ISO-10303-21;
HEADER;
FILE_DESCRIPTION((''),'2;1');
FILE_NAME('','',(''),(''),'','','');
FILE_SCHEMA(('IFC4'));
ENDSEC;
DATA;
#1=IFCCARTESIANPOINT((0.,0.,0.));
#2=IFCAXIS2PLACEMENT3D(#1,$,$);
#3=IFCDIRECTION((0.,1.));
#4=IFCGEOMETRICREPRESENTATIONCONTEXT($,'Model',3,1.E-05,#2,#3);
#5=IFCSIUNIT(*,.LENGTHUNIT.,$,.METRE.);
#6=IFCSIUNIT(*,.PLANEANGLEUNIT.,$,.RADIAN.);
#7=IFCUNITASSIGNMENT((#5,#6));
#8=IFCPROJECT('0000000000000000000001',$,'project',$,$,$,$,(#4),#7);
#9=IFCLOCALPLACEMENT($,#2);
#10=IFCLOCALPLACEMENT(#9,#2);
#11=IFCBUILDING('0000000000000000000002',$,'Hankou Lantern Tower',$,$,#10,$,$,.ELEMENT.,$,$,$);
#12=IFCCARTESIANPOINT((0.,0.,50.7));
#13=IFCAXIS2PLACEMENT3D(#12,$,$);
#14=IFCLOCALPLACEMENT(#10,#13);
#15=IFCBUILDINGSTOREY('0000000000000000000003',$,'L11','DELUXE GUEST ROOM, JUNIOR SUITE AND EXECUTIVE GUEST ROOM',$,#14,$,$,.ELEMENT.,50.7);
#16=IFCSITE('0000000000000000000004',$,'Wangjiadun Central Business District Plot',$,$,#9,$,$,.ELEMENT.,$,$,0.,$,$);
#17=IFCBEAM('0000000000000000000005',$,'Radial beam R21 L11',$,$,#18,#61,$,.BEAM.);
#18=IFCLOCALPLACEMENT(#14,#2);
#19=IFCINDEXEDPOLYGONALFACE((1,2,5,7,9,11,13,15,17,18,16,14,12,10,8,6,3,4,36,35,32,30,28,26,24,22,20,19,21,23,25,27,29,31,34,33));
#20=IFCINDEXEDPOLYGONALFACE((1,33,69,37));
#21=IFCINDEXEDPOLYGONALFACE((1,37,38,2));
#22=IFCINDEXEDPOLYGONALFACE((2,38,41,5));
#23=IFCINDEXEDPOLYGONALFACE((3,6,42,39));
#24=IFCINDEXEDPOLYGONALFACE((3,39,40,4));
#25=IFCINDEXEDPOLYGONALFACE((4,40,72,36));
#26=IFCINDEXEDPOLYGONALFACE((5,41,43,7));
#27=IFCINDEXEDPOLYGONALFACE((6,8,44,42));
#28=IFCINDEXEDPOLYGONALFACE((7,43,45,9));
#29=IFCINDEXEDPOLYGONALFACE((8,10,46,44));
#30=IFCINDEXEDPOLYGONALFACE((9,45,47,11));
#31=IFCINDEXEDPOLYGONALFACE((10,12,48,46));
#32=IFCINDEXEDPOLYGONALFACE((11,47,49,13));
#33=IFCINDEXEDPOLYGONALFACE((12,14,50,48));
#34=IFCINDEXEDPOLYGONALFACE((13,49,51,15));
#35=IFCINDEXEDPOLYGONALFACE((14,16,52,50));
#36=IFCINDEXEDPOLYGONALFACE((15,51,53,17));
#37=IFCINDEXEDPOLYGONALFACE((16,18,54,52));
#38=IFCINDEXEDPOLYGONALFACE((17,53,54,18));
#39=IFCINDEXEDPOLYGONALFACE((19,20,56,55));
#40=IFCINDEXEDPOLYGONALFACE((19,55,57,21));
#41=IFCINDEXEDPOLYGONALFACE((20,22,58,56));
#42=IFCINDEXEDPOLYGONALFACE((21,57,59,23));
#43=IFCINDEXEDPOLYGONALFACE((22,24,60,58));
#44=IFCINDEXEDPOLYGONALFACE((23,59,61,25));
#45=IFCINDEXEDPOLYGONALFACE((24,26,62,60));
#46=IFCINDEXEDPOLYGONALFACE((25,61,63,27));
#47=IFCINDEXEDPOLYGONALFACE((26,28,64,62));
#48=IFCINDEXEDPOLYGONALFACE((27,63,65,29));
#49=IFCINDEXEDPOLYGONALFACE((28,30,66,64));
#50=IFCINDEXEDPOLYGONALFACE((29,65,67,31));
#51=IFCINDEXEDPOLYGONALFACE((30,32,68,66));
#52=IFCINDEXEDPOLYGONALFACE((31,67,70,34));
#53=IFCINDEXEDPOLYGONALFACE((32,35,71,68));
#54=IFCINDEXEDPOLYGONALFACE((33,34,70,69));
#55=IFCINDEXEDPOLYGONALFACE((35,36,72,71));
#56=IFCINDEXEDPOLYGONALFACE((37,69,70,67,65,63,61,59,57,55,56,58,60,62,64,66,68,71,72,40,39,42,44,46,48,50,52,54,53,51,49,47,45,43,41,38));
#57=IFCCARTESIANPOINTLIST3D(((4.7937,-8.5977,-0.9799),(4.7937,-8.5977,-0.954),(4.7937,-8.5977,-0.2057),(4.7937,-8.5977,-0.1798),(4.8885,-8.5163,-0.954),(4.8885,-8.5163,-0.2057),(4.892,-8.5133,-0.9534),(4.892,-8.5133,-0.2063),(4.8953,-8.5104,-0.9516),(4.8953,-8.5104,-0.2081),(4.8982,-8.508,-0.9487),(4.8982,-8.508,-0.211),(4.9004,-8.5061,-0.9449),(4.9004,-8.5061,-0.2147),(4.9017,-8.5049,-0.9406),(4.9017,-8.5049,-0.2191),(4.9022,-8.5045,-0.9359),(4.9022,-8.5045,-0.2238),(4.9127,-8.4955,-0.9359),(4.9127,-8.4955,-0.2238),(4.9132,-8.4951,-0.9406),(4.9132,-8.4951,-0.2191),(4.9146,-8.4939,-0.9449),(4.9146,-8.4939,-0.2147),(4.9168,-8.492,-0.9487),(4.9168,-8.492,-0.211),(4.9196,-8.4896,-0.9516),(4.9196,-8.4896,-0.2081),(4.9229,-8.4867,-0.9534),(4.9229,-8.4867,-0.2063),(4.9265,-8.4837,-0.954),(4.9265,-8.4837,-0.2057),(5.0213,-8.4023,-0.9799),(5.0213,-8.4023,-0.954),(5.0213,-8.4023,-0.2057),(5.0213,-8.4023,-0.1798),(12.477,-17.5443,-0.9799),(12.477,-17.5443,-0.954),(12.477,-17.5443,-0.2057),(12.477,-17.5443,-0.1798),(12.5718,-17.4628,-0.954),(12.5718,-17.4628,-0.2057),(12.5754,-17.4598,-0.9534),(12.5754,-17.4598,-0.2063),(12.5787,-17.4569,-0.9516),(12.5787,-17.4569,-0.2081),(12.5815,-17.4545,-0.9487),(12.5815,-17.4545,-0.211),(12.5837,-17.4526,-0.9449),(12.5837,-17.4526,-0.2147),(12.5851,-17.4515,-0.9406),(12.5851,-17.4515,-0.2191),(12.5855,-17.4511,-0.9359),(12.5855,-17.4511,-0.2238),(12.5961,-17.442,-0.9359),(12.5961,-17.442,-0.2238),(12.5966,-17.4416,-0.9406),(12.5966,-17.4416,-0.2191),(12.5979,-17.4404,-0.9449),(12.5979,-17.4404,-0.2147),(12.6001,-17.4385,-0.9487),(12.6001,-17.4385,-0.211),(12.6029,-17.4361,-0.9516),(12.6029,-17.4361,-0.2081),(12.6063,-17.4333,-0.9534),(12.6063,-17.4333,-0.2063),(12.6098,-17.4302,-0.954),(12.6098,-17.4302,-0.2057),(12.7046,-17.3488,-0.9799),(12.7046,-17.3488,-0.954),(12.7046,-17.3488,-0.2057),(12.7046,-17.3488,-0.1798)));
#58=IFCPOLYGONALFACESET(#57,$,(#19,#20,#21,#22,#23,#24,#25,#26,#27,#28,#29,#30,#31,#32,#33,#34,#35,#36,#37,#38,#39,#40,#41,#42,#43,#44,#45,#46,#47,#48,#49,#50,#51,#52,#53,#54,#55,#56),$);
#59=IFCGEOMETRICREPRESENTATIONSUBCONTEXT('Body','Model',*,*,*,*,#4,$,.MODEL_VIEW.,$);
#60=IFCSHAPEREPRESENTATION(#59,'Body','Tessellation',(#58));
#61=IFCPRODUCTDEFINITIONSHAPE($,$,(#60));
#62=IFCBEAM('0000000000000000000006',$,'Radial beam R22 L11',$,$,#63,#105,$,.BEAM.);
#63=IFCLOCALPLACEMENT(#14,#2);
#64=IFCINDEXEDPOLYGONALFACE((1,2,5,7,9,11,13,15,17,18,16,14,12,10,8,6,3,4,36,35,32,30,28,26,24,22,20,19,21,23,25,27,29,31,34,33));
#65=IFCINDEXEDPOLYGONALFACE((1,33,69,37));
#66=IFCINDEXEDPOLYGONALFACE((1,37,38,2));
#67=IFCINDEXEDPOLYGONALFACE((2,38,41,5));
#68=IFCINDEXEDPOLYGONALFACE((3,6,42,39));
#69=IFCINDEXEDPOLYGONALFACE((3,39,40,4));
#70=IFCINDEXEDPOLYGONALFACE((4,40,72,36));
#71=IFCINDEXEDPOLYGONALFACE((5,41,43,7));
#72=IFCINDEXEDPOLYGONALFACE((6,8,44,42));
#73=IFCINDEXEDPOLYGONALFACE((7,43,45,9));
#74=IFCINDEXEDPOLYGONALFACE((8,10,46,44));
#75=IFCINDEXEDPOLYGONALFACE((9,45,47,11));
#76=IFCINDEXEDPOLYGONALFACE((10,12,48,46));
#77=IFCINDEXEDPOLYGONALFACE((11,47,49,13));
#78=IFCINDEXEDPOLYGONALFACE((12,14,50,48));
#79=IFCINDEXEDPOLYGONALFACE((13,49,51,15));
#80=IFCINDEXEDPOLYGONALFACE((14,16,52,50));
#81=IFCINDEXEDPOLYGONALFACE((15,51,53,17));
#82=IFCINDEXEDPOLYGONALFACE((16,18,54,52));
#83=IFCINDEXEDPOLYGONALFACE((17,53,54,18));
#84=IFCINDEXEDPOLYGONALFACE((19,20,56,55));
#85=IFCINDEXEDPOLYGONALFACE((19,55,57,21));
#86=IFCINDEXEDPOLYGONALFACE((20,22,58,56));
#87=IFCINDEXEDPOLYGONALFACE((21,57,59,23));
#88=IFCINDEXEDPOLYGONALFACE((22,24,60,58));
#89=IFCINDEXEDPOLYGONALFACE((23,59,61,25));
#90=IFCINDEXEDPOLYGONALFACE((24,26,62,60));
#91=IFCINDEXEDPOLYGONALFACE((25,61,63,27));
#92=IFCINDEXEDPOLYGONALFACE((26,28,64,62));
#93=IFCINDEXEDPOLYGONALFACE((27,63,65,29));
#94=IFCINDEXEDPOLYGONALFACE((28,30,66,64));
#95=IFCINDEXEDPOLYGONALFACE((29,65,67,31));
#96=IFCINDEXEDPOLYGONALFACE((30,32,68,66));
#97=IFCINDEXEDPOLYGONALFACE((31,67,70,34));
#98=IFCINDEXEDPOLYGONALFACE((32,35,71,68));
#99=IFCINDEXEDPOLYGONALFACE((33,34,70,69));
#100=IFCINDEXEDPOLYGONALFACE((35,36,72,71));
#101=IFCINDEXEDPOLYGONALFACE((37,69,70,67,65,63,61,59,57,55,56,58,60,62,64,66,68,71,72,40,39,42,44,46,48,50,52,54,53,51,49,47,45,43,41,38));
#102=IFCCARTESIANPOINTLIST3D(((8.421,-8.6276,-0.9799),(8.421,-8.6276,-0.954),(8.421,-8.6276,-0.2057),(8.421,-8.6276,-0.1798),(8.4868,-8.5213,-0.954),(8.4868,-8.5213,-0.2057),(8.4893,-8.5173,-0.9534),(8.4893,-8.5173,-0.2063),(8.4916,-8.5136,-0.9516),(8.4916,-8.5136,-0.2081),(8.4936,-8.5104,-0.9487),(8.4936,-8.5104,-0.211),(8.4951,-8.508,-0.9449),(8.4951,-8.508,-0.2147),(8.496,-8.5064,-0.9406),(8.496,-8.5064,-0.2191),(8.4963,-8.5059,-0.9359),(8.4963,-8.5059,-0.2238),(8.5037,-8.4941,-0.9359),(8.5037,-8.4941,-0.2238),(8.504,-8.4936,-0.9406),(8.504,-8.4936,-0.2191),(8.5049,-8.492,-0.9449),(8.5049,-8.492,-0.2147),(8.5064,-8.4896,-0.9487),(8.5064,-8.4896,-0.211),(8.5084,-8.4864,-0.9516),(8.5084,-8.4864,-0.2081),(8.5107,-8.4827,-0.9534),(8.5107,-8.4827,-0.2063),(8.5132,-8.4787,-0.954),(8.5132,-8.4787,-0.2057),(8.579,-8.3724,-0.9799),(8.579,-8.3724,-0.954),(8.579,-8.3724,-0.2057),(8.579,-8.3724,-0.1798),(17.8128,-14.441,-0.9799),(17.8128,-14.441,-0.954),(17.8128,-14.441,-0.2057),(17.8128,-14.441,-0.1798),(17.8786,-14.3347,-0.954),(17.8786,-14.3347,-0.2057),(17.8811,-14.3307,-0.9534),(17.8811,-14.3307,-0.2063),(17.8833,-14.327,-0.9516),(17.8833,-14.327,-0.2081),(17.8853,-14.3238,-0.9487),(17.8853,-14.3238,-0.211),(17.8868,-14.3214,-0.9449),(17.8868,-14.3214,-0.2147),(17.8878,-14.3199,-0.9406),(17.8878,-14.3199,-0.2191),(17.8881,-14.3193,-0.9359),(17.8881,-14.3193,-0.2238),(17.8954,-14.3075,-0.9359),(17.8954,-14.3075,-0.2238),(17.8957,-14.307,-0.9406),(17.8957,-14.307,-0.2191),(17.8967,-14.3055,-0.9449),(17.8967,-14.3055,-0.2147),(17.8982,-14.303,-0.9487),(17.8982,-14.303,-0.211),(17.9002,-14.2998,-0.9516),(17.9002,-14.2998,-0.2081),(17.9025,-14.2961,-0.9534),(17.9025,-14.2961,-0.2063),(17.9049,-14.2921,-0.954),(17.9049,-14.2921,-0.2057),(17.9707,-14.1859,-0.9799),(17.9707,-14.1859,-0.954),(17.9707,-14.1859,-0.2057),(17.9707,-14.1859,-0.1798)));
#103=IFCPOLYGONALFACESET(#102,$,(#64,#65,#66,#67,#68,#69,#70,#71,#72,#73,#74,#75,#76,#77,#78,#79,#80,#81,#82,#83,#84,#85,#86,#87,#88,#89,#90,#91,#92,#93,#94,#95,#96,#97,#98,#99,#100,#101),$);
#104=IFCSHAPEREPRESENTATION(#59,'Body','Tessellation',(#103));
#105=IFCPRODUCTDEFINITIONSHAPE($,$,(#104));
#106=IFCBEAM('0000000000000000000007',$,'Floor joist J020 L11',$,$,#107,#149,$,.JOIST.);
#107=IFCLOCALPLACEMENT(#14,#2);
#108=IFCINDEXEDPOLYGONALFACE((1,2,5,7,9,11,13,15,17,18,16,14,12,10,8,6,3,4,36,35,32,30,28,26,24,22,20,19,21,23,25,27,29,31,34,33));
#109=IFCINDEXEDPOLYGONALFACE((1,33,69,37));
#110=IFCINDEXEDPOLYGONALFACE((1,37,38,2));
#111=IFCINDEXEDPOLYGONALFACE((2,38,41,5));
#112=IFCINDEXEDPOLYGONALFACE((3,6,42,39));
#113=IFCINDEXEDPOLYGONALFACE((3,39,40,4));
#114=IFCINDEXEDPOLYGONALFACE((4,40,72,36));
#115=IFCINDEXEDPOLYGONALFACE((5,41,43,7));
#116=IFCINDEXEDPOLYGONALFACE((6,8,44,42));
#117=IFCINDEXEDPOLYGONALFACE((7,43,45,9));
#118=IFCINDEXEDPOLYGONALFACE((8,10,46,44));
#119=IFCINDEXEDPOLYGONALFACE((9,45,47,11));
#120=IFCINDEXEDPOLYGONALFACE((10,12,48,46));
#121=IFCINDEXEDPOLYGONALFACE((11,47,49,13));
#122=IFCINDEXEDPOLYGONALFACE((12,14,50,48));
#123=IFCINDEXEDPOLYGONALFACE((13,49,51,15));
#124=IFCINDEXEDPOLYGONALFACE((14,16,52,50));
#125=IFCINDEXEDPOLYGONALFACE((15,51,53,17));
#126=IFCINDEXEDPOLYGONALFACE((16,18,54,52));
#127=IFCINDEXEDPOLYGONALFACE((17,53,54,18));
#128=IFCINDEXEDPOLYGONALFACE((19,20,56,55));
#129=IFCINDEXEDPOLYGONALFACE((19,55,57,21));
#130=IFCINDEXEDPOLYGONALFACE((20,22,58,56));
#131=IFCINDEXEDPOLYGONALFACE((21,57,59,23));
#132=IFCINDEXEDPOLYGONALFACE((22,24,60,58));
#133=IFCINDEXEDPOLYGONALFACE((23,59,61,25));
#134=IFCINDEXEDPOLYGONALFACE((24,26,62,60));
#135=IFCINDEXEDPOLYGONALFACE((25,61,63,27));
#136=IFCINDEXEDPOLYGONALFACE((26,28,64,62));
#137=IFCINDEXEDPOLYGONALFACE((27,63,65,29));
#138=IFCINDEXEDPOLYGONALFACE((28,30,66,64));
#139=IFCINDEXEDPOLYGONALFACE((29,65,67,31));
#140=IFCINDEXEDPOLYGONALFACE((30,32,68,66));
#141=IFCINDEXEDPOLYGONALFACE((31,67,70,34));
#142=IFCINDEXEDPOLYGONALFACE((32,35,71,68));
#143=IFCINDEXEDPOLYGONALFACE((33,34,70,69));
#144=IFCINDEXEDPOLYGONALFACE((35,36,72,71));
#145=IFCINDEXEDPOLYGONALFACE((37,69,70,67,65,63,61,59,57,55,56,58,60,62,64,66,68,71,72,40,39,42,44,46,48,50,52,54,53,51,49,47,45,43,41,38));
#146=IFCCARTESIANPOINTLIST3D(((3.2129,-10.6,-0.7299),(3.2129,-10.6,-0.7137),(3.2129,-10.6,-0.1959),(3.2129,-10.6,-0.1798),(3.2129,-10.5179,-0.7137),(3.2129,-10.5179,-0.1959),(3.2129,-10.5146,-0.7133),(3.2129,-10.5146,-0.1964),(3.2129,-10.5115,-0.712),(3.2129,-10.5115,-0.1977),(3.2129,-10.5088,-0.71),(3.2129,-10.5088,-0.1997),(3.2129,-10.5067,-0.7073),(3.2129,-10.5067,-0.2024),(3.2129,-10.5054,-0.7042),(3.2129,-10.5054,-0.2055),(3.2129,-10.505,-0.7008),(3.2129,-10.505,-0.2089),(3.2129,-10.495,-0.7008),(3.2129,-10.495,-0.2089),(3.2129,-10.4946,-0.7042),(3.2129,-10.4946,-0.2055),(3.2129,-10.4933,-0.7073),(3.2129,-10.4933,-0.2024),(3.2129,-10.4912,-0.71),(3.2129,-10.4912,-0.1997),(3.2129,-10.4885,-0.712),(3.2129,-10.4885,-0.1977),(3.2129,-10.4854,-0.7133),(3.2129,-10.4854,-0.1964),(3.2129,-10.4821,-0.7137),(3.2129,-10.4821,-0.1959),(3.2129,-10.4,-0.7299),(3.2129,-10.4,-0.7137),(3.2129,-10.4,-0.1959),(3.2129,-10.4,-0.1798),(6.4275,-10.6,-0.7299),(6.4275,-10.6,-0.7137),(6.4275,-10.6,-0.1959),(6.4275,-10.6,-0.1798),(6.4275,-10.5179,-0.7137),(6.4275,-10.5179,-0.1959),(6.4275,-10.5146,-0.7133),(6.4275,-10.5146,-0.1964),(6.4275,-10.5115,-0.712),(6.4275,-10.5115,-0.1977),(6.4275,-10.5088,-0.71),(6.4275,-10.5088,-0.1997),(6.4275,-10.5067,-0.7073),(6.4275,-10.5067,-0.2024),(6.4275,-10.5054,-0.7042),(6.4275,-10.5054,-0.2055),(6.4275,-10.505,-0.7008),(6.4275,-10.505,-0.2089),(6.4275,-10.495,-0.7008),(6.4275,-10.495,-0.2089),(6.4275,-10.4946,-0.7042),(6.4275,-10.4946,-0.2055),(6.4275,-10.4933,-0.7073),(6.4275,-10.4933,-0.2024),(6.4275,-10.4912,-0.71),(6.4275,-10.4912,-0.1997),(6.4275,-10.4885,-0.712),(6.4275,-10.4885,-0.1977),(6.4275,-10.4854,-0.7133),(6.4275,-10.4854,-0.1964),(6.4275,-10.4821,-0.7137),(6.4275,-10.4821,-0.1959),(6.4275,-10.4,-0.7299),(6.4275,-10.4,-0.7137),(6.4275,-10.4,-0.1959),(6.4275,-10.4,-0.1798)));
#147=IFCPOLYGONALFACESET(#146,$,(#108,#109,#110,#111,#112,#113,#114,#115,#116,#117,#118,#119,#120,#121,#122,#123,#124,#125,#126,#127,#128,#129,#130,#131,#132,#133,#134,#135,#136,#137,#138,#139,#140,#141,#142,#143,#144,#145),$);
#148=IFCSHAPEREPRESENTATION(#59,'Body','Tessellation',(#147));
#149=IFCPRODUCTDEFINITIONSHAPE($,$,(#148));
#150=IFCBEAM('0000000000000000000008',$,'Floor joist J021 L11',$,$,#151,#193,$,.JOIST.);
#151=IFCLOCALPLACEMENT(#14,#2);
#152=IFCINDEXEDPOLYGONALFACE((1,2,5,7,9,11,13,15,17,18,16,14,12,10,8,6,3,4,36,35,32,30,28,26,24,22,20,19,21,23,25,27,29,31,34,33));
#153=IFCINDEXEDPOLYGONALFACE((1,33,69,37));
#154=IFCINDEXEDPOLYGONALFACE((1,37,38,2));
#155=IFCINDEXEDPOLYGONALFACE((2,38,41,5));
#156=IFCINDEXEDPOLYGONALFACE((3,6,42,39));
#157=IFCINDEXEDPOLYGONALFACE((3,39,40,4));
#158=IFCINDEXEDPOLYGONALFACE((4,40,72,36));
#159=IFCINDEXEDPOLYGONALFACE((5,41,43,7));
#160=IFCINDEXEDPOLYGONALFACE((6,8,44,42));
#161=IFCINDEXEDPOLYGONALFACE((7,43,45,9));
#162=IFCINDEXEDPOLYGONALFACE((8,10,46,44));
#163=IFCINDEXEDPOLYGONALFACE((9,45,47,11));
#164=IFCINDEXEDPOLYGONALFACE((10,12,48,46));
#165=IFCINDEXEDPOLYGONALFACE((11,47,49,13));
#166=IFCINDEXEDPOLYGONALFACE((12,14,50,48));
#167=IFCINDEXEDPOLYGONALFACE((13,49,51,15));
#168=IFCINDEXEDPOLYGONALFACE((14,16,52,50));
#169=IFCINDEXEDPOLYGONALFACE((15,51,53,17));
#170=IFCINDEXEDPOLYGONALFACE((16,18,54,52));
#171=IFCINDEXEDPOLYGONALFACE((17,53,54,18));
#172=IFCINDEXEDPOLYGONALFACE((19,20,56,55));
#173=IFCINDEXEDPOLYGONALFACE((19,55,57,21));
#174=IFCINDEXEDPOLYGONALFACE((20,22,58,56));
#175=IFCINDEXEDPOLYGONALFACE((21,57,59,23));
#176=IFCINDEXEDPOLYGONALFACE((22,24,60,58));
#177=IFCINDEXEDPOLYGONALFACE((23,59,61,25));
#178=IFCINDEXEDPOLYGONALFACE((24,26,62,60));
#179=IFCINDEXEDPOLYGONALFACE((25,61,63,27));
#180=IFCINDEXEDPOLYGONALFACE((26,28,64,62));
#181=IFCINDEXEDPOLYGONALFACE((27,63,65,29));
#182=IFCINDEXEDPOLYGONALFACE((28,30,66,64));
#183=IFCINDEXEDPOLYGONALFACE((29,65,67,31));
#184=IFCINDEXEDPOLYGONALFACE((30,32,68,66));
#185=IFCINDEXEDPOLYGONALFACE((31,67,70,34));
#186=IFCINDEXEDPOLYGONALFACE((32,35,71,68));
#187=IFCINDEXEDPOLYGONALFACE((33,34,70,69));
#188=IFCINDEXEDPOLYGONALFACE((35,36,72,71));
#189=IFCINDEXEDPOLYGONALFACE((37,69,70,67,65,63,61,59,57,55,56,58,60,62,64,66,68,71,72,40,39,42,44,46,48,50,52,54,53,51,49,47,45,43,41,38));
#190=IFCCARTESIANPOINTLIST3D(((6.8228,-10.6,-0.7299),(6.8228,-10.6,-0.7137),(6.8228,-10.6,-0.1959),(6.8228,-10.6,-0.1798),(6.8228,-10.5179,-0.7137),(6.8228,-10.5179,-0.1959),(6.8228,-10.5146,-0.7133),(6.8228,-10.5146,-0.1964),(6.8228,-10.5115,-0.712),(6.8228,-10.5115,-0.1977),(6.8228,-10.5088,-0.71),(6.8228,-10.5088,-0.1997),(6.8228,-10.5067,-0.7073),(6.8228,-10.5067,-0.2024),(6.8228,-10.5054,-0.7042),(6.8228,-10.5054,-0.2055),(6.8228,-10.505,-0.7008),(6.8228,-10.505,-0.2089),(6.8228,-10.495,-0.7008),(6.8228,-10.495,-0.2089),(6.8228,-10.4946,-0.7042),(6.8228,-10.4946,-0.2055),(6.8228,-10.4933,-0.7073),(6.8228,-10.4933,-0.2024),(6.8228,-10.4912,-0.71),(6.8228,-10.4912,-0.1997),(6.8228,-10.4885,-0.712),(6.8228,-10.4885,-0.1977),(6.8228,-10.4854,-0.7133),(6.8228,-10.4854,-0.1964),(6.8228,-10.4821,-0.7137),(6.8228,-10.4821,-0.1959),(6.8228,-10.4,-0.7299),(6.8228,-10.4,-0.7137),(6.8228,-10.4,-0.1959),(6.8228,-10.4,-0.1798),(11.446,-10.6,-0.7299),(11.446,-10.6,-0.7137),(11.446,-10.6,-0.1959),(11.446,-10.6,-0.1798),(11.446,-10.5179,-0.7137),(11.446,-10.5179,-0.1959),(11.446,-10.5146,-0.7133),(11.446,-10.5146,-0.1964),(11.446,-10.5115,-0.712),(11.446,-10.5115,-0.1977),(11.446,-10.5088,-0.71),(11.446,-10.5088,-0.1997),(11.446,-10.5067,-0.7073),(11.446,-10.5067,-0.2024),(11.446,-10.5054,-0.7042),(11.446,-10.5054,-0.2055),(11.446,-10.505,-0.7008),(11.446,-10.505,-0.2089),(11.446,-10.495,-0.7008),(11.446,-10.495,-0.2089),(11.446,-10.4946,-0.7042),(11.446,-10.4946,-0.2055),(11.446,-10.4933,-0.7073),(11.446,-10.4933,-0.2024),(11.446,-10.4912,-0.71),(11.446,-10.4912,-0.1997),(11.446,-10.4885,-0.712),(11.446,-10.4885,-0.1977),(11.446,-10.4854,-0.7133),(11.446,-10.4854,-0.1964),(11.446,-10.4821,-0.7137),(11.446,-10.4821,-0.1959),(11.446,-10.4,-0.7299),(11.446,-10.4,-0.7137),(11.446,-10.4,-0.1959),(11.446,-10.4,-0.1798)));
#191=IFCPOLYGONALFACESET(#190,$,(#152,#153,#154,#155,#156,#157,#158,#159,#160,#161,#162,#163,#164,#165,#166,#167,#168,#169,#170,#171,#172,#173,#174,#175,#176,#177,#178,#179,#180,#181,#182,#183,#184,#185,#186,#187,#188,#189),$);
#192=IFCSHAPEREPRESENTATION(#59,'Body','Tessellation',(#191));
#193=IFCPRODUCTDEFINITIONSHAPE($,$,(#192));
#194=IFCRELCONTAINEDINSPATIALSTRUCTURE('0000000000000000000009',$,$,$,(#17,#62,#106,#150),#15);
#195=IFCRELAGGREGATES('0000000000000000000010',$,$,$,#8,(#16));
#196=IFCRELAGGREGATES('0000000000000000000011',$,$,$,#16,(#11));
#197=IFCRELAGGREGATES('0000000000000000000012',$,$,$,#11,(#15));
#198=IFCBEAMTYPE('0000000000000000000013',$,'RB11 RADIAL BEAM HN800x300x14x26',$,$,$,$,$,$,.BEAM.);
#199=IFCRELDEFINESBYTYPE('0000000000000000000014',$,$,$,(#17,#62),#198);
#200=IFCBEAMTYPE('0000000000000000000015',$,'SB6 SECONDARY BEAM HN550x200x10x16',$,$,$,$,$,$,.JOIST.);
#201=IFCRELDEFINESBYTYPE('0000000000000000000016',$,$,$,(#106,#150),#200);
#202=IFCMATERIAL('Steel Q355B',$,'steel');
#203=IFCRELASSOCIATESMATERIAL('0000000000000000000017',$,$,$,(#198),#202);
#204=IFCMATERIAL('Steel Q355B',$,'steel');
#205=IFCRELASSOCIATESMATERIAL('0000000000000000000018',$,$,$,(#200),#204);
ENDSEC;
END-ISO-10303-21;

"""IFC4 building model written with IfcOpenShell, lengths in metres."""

from ifc_helpers import new_model, si_unit, direction, frame, origin, origin_2d, place, context, subcontext, project, spatial, i_section, extrude, material, material_profile, profile_set, type_object, element, save


model = new_model("IFC4")

# Units and contexts
model_context = context("Model", 3, precision=1e-05, world=origin(), true_north=direction((0.0, 1.0)))
body_context = subcontext(model_context, "Body", "Model", "MODEL_VIEW")
ifc_project = project(units=[si_unit("LENGTHUNIT", "METRE"), si_unit("PLANEANGLEUNIT", "RADIAN")], contexts=[model_context])

# Site, building, storey
site_placement = place(None, origin())
site = spatial("IfcSite", under=ifc_project, at=site_placement, Name="Wangjiadun Central Business District Plot", CompositionType="ELEMENT", RefElevation=0.0)
building_placement = place(site_placement, origin())
building = spatial("IfcBuilding", under=site, at=building_placement, Name="Hankou Lantern Tower", CompositionType="ELEMENT")
storey_placement = place(building_placement, frame((0.0, 0.0, 50.7)))
storey = spatial("IfcBuildingStorey", under=building, at=storey_placement, Name="L11", Description="DELUXE GUEST ROOM, JUNIOR SUITE AND EXECUTIVE GUEST ROOM", CompositionType="ELEMENT", Elevation=50.7)

# Beams
ifc_material_1 = material(Name="Steel Q355B", Category="steel")
ifc_material_profile_1 = material_profile(ifc_material_1, i_section(OverallWidth=0.3, OverallDepth=0.8, WebThickness=0.0139, FlangeThickness=0.0259, FilletRadius=0.0181, at=origin_2d()), Name="HN800x300x14x26")
ifc_profile_set_1 = profile_set([ifc_material_profile_1], Name="Steel Q355B")
beam_type_1 = type_object("IfcBeamType", Name="RB11 RADIAL BEAM HN800x300x14x26", PredefinedType="BEAM", material=ifc_profile_set_1)
beam_1_placement = place(storey_placement, frame((4.9075, -8.5, -0.5798), z_axis=(0.651519, -0.758632, 0.0), x_axis=(0.758632, 0.651519, 0.0)))
element("IfcBeam", 1, at=beam_1_placement, inside=storey, type_object=beam_type_1, Name="Radial beam R21 L11", PredefinedType="BEAM", context=body_context, shape_type="SweptSolid", body=[
    extrude(i_section(OverallWidth=0.3, OverallDepth=0.8, WebThickness=0.0139, FlangeThickness=0.0259, FilletRadius=0.0181, at=origin_2d()), origin(), (0.0, 0.0, 1.0), 11.793),
])
beam_2_placement = place(storey_placement, frame((8.5, -8.5, -0.5798), z_axis=(0.850286, -0.52632, 0.0), x_axis=(0.52632, 0.850286, 0.0)))
element("IfcBeam", 2, at=beam_2_placement, inside=storey, type_object=beam_type_1, Name="Radial beam R22 L11", PredefinedType="BEAM", context=body_context, shape_type="SweptSolid", body=[
    extrude(i_section(OverallWidth=0.3, OverallDepth=0.8, WebThickness=0.0139, FlangeThickness=0.0259, FilletRadius=0.0181, at=origin_2d()), origin(), (0.0, 0.0, 1.0), 11.0454),
])
ifc_material_2 = material(Name="Steel Q355B", Category="steel")
ifc_material_profile_2 = material_profile(ifc_material_2, i_section(OverallWidth=0.2, OverallDepth=0.55, WebThickness=0.01, FlangeThickness=0.0161, FilletRadius=0.0129, at=origin_2d()), Name="HN550x200x10x16")
ifc_profile_set_2 = profile_set([ifc_material_profile_2], Name="Steel Q355B")
beam_type_2 = type_object("IfcBeamType", Name="SB6 SECONDARY BEAM HN550x200x10x16", PredefinedType="JOIST", material=ifc_profile_set_2)
beam_3_placement = place(storey_placement, frame((3.2129, -10.5, -0.4548), z_axis=(1.0, 0.0, 0.0), x_axis=(0.0, 1.0, 0.0)))
element("IfcBeam", 3, at=beam_3_placement, inside=storey, type_object=beam_type_2, Name="Floor joist J020 L11", PredefinedType="JOIST", context=body_context, shape_type="SweptSolid", body=[
    extrude(i_section(OverallWidth=0.2, OverallDepth=0.55, WebThickness=0.01, FlangeThickness=0.0161, FilletRadius=0.0129, at=origin_2d()), origin(), (0.0, 0.0, 1.0), 3.2146),
])
beam_4_placement = place(storey_placement, frame((6.8228, -10.5, -0.4548), z_axis=(1.0, 0.0, 0.0), x_axis=(0.0, 1.0, 0.0)))
element("IfcBeam", 4, at=beam_4_placement, inside=storey, type_object=beam_type_2, Name="Floor joist J021 L11", PredefinedType="JOIST", context=body_context, shape_type="SweptSolid", body=[
    extrude(i_section(OverallWidth=0.2, OverallDepth=0.55, WebThickness=0.01, FlangeThickness=0.0161, FilletRadius=0.0129, at=origin_2d()), origin(), (0.0, 0.0, 1.0), 4.6233),
])

save(model, "model.ifc")
